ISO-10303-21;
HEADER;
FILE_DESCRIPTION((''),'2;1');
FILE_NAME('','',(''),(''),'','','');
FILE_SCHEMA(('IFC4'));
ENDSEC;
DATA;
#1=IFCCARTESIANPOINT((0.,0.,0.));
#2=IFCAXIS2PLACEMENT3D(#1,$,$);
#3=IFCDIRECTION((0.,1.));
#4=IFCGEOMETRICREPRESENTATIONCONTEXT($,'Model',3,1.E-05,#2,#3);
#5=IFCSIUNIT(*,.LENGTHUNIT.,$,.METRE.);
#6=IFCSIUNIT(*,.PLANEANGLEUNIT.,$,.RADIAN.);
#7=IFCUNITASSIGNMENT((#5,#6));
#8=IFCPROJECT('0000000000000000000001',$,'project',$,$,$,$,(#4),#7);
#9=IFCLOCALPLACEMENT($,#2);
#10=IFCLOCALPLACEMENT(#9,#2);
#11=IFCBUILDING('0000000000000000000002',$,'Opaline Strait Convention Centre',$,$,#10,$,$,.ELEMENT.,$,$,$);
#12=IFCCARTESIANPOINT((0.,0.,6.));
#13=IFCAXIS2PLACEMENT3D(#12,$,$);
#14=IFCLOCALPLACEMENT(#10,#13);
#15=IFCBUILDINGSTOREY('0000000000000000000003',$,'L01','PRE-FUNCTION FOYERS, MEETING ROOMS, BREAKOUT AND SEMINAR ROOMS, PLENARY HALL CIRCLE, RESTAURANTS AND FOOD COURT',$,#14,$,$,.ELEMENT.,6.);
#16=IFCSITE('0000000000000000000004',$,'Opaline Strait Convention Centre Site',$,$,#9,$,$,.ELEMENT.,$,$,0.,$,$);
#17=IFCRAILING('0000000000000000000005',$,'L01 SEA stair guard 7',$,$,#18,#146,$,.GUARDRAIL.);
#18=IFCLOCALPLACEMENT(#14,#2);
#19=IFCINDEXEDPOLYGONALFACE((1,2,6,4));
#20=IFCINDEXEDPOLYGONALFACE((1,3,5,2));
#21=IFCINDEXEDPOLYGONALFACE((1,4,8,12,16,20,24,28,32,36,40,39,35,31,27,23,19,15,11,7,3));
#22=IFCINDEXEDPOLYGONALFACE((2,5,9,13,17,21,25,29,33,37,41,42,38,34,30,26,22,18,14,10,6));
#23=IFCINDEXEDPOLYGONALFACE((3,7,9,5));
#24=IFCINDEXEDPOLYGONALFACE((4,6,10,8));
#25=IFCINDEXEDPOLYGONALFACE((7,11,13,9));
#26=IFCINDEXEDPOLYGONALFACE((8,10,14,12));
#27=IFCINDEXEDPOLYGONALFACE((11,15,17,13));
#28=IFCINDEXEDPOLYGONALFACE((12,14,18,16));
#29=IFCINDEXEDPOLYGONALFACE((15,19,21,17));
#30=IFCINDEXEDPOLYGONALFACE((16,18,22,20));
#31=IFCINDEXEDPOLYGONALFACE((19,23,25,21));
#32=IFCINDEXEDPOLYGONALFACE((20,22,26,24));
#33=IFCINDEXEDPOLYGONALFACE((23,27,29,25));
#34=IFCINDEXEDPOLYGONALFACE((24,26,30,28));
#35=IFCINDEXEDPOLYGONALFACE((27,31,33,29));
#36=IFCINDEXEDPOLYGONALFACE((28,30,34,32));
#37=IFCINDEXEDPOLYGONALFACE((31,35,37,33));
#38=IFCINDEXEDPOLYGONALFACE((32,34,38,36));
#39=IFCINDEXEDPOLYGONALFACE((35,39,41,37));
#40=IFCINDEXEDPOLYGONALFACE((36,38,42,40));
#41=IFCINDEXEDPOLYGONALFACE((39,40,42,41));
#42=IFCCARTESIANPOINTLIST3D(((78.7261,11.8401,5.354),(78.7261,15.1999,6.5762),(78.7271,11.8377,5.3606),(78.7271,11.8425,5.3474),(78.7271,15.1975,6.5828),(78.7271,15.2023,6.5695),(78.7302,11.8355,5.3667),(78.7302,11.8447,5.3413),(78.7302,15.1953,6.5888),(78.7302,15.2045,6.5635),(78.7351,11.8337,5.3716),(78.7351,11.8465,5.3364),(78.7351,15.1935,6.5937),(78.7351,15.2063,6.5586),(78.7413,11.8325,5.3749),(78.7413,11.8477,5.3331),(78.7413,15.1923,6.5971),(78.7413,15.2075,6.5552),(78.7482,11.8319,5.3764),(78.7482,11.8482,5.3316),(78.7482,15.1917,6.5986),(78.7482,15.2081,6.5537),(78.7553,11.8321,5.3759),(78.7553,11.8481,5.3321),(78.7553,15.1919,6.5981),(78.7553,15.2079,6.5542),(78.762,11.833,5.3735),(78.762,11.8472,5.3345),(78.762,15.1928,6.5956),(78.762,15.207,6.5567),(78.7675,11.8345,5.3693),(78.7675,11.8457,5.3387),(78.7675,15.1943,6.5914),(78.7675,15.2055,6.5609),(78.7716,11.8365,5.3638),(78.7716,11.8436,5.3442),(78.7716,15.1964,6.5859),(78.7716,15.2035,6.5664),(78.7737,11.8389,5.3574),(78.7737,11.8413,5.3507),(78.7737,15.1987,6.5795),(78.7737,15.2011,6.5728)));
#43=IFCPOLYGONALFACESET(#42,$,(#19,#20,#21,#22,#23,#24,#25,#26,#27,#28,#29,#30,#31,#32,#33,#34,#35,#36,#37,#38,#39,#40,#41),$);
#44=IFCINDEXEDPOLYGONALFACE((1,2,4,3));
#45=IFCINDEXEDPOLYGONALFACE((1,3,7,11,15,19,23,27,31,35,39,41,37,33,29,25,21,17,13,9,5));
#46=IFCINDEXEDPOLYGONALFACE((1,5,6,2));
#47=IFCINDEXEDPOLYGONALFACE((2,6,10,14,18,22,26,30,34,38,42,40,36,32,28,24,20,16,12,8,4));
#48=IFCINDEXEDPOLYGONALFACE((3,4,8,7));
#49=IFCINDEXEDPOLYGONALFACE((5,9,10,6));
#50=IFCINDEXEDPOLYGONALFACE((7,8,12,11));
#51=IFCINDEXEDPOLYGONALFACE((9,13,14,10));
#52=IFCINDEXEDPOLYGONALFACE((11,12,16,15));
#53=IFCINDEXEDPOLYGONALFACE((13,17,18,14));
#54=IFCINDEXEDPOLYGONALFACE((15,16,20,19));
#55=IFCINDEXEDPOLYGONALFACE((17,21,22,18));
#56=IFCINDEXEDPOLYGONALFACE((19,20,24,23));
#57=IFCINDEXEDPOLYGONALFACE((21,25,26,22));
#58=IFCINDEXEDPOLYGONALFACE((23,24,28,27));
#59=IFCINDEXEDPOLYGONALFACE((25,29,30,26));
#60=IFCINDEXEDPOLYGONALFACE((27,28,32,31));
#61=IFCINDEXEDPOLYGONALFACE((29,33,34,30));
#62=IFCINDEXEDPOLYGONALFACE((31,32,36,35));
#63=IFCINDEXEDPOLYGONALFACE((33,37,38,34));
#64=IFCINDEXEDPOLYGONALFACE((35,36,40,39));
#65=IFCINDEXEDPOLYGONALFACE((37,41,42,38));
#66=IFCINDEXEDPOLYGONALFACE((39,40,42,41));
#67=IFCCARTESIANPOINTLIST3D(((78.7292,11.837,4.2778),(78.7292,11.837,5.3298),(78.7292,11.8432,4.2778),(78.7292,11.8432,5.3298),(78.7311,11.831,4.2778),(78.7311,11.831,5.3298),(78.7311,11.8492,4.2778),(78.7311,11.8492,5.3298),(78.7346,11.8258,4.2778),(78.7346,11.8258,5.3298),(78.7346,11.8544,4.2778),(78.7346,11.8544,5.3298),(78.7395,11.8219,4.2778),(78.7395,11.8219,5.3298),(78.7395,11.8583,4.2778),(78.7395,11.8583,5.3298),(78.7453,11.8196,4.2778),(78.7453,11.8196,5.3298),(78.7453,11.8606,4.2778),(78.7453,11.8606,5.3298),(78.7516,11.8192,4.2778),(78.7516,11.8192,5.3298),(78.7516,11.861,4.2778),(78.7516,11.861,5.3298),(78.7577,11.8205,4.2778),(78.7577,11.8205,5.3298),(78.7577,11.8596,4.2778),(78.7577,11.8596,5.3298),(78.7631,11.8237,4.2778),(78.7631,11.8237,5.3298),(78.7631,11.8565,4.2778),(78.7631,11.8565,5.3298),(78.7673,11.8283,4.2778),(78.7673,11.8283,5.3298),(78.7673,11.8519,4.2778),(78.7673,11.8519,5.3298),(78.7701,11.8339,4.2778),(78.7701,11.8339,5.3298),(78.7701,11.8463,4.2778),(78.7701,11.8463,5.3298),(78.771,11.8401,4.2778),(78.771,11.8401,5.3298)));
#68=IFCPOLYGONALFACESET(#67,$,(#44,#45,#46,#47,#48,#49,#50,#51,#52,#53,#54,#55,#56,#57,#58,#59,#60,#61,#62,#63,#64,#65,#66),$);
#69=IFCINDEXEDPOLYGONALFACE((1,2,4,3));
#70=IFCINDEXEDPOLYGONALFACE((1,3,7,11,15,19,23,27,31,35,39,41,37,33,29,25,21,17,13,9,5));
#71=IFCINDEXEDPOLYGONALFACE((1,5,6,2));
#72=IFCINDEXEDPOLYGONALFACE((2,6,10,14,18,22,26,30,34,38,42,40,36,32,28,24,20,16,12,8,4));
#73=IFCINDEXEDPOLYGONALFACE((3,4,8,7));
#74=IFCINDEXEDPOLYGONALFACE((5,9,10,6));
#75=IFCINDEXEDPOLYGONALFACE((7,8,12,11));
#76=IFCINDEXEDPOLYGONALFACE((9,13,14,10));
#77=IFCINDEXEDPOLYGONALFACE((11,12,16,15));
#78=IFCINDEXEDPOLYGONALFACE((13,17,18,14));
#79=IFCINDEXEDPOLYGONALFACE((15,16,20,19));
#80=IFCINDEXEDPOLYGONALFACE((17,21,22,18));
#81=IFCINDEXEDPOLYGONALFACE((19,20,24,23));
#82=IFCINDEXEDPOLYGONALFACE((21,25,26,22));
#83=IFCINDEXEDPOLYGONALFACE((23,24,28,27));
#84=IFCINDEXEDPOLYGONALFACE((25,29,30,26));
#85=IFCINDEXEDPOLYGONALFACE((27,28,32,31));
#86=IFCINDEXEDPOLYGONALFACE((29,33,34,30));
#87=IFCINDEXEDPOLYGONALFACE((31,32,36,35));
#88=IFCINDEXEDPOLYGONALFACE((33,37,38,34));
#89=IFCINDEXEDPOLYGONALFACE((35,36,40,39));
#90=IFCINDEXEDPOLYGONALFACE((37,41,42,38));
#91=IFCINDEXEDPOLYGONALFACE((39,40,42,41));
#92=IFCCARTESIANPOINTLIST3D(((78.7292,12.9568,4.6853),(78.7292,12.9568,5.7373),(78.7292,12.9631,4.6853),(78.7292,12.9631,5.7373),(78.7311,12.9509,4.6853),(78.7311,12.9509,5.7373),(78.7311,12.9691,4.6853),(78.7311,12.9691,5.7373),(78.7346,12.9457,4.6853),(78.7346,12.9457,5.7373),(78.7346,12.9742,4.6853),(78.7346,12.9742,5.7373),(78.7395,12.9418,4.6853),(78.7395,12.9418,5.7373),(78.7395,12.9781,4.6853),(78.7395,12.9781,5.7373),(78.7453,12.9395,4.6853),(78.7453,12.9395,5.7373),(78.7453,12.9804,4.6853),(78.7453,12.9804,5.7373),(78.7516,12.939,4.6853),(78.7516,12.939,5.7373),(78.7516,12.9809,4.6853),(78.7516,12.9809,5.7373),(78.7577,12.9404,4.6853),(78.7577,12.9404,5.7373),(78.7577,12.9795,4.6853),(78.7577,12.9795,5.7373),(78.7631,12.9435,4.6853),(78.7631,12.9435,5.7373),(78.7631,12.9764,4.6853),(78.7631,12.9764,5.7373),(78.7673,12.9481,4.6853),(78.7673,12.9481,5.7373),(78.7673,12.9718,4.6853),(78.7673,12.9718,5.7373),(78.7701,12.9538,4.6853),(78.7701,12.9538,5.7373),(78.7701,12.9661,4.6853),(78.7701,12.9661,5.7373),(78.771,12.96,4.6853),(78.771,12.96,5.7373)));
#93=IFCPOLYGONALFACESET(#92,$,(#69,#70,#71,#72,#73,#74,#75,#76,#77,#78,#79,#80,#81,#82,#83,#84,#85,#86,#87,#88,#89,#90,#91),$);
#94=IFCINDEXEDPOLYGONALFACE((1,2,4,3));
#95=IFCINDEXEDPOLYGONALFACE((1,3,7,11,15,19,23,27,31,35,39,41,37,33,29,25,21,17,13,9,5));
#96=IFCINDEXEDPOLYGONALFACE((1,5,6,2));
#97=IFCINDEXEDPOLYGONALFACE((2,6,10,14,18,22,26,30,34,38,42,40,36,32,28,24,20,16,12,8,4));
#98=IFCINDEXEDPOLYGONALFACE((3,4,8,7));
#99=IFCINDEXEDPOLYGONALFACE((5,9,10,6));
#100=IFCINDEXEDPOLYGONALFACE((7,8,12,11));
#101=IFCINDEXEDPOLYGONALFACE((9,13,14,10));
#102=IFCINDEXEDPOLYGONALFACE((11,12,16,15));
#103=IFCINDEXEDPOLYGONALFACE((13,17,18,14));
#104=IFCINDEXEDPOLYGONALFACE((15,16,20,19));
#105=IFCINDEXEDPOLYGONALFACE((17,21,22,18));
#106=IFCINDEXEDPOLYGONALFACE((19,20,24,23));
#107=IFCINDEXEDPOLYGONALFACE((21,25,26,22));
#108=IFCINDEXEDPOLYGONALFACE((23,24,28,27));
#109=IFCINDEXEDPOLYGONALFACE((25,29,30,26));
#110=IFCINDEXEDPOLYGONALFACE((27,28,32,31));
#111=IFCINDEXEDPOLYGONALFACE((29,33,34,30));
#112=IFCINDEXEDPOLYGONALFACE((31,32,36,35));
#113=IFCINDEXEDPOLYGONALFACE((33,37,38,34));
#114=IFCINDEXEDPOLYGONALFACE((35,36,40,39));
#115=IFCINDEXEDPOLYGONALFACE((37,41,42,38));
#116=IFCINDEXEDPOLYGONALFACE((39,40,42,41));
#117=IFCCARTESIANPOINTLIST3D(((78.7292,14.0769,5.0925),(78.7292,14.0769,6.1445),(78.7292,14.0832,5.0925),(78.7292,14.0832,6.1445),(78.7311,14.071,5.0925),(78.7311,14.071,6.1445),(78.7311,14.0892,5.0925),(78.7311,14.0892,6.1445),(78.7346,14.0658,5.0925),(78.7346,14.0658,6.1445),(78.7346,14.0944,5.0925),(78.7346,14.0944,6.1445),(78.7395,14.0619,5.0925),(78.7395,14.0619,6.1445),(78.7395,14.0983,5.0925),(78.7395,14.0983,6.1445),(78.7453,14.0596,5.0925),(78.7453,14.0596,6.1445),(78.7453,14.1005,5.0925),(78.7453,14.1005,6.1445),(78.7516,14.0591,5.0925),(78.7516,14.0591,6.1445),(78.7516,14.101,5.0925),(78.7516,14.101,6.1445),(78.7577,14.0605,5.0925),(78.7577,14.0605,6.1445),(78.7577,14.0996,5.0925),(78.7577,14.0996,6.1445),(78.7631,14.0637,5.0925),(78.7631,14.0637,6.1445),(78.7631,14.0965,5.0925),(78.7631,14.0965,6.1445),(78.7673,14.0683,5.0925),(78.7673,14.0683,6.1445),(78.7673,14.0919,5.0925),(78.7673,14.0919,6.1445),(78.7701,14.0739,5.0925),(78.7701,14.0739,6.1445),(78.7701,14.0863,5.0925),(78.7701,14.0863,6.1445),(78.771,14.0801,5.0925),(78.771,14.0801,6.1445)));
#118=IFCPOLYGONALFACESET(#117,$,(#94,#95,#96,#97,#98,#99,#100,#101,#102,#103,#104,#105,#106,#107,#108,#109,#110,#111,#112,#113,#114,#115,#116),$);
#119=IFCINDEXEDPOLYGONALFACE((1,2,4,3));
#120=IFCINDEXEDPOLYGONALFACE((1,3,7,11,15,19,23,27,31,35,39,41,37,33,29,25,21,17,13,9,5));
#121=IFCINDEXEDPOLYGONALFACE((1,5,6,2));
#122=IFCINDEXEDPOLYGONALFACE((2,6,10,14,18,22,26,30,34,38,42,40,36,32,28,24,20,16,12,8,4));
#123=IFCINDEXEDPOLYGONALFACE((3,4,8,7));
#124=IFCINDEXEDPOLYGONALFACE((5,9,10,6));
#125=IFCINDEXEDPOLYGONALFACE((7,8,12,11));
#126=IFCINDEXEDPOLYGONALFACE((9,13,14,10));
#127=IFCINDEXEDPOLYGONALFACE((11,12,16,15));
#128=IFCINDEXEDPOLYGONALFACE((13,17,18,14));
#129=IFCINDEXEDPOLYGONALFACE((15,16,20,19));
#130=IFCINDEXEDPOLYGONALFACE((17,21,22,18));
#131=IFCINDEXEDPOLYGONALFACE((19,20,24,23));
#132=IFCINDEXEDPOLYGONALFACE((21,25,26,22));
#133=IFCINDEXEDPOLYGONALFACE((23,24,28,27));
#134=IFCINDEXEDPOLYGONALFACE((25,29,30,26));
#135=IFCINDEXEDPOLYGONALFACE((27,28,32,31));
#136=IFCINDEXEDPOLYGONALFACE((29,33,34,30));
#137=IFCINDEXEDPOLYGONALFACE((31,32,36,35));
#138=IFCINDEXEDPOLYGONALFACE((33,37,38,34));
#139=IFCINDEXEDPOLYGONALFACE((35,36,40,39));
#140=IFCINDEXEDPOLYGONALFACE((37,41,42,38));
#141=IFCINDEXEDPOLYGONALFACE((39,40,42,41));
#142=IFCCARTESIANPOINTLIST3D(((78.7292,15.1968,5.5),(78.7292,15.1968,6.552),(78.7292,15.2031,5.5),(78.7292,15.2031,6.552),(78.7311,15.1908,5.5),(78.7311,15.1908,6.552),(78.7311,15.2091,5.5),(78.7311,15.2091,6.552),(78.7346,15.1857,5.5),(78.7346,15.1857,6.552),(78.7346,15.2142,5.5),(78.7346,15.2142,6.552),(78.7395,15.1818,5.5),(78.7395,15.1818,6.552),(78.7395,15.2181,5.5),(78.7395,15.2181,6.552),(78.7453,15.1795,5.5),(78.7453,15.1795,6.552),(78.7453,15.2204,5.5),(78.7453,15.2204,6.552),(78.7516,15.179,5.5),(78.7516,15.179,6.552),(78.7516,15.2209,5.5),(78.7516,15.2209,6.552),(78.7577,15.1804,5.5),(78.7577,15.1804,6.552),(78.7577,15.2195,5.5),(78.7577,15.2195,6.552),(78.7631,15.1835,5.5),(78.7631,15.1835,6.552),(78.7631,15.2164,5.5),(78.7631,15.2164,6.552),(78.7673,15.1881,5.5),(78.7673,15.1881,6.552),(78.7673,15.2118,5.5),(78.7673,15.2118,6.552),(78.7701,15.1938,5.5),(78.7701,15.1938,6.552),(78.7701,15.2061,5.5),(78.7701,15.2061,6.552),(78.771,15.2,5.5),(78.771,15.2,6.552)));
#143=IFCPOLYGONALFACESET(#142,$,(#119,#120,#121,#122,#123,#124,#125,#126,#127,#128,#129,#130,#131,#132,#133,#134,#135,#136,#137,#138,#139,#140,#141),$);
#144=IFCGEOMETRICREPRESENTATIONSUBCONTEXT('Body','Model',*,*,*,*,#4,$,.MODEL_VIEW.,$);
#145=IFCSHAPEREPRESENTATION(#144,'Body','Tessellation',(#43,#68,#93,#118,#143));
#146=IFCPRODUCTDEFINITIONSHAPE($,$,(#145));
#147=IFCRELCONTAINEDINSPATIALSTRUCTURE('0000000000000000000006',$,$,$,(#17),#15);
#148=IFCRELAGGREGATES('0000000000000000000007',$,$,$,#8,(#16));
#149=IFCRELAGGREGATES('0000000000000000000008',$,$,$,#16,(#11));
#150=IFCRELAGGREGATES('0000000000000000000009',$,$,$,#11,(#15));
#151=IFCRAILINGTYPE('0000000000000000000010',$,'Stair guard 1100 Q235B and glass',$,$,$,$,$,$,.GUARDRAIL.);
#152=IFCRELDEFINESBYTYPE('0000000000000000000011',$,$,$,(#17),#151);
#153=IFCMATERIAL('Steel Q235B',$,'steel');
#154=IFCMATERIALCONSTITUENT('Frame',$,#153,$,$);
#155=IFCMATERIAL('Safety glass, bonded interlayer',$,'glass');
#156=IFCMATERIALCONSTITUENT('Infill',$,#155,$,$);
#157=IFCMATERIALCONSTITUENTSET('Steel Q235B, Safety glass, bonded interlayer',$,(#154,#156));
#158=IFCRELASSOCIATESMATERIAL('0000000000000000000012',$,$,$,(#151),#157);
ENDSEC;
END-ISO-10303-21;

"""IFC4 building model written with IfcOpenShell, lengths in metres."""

from ifc_helpers import new_model, si_unit, direction, frame, origin, origin_2d, place, context, subcontext, project, spatial, circle, extrude, material, constituent, constituent_set, type_object, element, save


model = new_model("IFC4")

# Units and contexts
model_context = context("Model", 3, precision=1e-05, world=origin(), true_north=direction((0.0, 1.0)))
body_context = subcontext(model_context, "Body", "Model", "MODEL_VIEW")
ifc_project = project(units=[si_unit("LENGTHUNIT", "METRE"), si_unit("PLANEANGLEUNIT", "RADIAN")], contexts=[model_context])

# Site, building, storey
site_placement = place(None, origin())
site = spatial("IfcSite", under=ifc_project, at=site_placement, Name="Opaline Strait Convention Centre Site", CompositionType="ELEMENT", RefElevation=0.0)
building_placement = place(site_placement, origin())
building = spatial("IfcBuilding", under=site, at=building_placement, Name="Opaline Strait Convention Centre", CompositionType="ELEMENT")
storey_placement = place(building_placement, frame((0.0, 0.0, 6.0)))
storey = spatial("IfcBuildingStorey", under=building, at=storey_placement, Name="L01", Description="PRE-FUNCTION FOYERS, MEETING ROOMS, BREAKOUT AND SEMINAR ROOMS, PLENARY HALL CIRCLE, RESTAURANTS AND FOOD COURT", CompositionType="ELEMENT", Elevation=6.0)

# Railing
ifc_material_1 = material(Name="Steel Q235B", Category="steel")
ifc_constituent_1 = constituent(ifc_material_1, Name="Frame")
ifc_material_2 = material(Name="Safety glass, bonded interlayer", Category="glass")
ifc_constituent_2 = constituent(ifc_material_2, Name="Infill")
ifc_constituent_set = constituent_set(constituents=[ifc_constituent_1, ifc_constituent_2], Name="Steel Q235B, Safety glass, bonded interlayer")
railing_type_1 = type_object("IfcRailingType", Name="Stair guard 1100 Q235B and glass", PredefinedType="GUARDRAIL", material=ifc_constituent_set)
railing_1_placement = place(storey_placement, frame((78.75, 11.8401, 4.2778)))
element("IfcRailing", 1, at=railing_1_placement, inside=storey, type_object=railing_type_1, Name="L01 SEA stair guard 7", PredefinedType="GUARDRAIL", context=body_context, shape_type="SweptSolid", body=[
    extrude(circle(Radius=0.0239, at=origin_2d()), frame((0.0, 0.0, 1.0762), z_axis=(0.0, 0.939758, 0.341842), x_axis=(-1.0, 0.0, 0.0)), (0.0, 0.0, 1.0), 3.5752),
    extrude(circle(Radius=0.021, at=origin_2d()), origin(), (0.0, 0.0, 1.0), 1.052),
    extrude(circle(Radius=0.021, at=origin_2d()), frame((0.0, 1.1199, 0.4075)), (0.0, 0.0, 1.0), 1.052),
    extrude(circle(Radius=0.021, at=origin_2d()), frame((0.0, 2.24, 0.8147)), (0.0, 0.0, 1.0), 1.052),
    extrude(circle(Radius=0.021, at=origin_2d()), frame((0.0, 3.3599, 1.2222)), (0.0, 0.0, 1.0), 1.052),
])

save(model, "model.ifc")
